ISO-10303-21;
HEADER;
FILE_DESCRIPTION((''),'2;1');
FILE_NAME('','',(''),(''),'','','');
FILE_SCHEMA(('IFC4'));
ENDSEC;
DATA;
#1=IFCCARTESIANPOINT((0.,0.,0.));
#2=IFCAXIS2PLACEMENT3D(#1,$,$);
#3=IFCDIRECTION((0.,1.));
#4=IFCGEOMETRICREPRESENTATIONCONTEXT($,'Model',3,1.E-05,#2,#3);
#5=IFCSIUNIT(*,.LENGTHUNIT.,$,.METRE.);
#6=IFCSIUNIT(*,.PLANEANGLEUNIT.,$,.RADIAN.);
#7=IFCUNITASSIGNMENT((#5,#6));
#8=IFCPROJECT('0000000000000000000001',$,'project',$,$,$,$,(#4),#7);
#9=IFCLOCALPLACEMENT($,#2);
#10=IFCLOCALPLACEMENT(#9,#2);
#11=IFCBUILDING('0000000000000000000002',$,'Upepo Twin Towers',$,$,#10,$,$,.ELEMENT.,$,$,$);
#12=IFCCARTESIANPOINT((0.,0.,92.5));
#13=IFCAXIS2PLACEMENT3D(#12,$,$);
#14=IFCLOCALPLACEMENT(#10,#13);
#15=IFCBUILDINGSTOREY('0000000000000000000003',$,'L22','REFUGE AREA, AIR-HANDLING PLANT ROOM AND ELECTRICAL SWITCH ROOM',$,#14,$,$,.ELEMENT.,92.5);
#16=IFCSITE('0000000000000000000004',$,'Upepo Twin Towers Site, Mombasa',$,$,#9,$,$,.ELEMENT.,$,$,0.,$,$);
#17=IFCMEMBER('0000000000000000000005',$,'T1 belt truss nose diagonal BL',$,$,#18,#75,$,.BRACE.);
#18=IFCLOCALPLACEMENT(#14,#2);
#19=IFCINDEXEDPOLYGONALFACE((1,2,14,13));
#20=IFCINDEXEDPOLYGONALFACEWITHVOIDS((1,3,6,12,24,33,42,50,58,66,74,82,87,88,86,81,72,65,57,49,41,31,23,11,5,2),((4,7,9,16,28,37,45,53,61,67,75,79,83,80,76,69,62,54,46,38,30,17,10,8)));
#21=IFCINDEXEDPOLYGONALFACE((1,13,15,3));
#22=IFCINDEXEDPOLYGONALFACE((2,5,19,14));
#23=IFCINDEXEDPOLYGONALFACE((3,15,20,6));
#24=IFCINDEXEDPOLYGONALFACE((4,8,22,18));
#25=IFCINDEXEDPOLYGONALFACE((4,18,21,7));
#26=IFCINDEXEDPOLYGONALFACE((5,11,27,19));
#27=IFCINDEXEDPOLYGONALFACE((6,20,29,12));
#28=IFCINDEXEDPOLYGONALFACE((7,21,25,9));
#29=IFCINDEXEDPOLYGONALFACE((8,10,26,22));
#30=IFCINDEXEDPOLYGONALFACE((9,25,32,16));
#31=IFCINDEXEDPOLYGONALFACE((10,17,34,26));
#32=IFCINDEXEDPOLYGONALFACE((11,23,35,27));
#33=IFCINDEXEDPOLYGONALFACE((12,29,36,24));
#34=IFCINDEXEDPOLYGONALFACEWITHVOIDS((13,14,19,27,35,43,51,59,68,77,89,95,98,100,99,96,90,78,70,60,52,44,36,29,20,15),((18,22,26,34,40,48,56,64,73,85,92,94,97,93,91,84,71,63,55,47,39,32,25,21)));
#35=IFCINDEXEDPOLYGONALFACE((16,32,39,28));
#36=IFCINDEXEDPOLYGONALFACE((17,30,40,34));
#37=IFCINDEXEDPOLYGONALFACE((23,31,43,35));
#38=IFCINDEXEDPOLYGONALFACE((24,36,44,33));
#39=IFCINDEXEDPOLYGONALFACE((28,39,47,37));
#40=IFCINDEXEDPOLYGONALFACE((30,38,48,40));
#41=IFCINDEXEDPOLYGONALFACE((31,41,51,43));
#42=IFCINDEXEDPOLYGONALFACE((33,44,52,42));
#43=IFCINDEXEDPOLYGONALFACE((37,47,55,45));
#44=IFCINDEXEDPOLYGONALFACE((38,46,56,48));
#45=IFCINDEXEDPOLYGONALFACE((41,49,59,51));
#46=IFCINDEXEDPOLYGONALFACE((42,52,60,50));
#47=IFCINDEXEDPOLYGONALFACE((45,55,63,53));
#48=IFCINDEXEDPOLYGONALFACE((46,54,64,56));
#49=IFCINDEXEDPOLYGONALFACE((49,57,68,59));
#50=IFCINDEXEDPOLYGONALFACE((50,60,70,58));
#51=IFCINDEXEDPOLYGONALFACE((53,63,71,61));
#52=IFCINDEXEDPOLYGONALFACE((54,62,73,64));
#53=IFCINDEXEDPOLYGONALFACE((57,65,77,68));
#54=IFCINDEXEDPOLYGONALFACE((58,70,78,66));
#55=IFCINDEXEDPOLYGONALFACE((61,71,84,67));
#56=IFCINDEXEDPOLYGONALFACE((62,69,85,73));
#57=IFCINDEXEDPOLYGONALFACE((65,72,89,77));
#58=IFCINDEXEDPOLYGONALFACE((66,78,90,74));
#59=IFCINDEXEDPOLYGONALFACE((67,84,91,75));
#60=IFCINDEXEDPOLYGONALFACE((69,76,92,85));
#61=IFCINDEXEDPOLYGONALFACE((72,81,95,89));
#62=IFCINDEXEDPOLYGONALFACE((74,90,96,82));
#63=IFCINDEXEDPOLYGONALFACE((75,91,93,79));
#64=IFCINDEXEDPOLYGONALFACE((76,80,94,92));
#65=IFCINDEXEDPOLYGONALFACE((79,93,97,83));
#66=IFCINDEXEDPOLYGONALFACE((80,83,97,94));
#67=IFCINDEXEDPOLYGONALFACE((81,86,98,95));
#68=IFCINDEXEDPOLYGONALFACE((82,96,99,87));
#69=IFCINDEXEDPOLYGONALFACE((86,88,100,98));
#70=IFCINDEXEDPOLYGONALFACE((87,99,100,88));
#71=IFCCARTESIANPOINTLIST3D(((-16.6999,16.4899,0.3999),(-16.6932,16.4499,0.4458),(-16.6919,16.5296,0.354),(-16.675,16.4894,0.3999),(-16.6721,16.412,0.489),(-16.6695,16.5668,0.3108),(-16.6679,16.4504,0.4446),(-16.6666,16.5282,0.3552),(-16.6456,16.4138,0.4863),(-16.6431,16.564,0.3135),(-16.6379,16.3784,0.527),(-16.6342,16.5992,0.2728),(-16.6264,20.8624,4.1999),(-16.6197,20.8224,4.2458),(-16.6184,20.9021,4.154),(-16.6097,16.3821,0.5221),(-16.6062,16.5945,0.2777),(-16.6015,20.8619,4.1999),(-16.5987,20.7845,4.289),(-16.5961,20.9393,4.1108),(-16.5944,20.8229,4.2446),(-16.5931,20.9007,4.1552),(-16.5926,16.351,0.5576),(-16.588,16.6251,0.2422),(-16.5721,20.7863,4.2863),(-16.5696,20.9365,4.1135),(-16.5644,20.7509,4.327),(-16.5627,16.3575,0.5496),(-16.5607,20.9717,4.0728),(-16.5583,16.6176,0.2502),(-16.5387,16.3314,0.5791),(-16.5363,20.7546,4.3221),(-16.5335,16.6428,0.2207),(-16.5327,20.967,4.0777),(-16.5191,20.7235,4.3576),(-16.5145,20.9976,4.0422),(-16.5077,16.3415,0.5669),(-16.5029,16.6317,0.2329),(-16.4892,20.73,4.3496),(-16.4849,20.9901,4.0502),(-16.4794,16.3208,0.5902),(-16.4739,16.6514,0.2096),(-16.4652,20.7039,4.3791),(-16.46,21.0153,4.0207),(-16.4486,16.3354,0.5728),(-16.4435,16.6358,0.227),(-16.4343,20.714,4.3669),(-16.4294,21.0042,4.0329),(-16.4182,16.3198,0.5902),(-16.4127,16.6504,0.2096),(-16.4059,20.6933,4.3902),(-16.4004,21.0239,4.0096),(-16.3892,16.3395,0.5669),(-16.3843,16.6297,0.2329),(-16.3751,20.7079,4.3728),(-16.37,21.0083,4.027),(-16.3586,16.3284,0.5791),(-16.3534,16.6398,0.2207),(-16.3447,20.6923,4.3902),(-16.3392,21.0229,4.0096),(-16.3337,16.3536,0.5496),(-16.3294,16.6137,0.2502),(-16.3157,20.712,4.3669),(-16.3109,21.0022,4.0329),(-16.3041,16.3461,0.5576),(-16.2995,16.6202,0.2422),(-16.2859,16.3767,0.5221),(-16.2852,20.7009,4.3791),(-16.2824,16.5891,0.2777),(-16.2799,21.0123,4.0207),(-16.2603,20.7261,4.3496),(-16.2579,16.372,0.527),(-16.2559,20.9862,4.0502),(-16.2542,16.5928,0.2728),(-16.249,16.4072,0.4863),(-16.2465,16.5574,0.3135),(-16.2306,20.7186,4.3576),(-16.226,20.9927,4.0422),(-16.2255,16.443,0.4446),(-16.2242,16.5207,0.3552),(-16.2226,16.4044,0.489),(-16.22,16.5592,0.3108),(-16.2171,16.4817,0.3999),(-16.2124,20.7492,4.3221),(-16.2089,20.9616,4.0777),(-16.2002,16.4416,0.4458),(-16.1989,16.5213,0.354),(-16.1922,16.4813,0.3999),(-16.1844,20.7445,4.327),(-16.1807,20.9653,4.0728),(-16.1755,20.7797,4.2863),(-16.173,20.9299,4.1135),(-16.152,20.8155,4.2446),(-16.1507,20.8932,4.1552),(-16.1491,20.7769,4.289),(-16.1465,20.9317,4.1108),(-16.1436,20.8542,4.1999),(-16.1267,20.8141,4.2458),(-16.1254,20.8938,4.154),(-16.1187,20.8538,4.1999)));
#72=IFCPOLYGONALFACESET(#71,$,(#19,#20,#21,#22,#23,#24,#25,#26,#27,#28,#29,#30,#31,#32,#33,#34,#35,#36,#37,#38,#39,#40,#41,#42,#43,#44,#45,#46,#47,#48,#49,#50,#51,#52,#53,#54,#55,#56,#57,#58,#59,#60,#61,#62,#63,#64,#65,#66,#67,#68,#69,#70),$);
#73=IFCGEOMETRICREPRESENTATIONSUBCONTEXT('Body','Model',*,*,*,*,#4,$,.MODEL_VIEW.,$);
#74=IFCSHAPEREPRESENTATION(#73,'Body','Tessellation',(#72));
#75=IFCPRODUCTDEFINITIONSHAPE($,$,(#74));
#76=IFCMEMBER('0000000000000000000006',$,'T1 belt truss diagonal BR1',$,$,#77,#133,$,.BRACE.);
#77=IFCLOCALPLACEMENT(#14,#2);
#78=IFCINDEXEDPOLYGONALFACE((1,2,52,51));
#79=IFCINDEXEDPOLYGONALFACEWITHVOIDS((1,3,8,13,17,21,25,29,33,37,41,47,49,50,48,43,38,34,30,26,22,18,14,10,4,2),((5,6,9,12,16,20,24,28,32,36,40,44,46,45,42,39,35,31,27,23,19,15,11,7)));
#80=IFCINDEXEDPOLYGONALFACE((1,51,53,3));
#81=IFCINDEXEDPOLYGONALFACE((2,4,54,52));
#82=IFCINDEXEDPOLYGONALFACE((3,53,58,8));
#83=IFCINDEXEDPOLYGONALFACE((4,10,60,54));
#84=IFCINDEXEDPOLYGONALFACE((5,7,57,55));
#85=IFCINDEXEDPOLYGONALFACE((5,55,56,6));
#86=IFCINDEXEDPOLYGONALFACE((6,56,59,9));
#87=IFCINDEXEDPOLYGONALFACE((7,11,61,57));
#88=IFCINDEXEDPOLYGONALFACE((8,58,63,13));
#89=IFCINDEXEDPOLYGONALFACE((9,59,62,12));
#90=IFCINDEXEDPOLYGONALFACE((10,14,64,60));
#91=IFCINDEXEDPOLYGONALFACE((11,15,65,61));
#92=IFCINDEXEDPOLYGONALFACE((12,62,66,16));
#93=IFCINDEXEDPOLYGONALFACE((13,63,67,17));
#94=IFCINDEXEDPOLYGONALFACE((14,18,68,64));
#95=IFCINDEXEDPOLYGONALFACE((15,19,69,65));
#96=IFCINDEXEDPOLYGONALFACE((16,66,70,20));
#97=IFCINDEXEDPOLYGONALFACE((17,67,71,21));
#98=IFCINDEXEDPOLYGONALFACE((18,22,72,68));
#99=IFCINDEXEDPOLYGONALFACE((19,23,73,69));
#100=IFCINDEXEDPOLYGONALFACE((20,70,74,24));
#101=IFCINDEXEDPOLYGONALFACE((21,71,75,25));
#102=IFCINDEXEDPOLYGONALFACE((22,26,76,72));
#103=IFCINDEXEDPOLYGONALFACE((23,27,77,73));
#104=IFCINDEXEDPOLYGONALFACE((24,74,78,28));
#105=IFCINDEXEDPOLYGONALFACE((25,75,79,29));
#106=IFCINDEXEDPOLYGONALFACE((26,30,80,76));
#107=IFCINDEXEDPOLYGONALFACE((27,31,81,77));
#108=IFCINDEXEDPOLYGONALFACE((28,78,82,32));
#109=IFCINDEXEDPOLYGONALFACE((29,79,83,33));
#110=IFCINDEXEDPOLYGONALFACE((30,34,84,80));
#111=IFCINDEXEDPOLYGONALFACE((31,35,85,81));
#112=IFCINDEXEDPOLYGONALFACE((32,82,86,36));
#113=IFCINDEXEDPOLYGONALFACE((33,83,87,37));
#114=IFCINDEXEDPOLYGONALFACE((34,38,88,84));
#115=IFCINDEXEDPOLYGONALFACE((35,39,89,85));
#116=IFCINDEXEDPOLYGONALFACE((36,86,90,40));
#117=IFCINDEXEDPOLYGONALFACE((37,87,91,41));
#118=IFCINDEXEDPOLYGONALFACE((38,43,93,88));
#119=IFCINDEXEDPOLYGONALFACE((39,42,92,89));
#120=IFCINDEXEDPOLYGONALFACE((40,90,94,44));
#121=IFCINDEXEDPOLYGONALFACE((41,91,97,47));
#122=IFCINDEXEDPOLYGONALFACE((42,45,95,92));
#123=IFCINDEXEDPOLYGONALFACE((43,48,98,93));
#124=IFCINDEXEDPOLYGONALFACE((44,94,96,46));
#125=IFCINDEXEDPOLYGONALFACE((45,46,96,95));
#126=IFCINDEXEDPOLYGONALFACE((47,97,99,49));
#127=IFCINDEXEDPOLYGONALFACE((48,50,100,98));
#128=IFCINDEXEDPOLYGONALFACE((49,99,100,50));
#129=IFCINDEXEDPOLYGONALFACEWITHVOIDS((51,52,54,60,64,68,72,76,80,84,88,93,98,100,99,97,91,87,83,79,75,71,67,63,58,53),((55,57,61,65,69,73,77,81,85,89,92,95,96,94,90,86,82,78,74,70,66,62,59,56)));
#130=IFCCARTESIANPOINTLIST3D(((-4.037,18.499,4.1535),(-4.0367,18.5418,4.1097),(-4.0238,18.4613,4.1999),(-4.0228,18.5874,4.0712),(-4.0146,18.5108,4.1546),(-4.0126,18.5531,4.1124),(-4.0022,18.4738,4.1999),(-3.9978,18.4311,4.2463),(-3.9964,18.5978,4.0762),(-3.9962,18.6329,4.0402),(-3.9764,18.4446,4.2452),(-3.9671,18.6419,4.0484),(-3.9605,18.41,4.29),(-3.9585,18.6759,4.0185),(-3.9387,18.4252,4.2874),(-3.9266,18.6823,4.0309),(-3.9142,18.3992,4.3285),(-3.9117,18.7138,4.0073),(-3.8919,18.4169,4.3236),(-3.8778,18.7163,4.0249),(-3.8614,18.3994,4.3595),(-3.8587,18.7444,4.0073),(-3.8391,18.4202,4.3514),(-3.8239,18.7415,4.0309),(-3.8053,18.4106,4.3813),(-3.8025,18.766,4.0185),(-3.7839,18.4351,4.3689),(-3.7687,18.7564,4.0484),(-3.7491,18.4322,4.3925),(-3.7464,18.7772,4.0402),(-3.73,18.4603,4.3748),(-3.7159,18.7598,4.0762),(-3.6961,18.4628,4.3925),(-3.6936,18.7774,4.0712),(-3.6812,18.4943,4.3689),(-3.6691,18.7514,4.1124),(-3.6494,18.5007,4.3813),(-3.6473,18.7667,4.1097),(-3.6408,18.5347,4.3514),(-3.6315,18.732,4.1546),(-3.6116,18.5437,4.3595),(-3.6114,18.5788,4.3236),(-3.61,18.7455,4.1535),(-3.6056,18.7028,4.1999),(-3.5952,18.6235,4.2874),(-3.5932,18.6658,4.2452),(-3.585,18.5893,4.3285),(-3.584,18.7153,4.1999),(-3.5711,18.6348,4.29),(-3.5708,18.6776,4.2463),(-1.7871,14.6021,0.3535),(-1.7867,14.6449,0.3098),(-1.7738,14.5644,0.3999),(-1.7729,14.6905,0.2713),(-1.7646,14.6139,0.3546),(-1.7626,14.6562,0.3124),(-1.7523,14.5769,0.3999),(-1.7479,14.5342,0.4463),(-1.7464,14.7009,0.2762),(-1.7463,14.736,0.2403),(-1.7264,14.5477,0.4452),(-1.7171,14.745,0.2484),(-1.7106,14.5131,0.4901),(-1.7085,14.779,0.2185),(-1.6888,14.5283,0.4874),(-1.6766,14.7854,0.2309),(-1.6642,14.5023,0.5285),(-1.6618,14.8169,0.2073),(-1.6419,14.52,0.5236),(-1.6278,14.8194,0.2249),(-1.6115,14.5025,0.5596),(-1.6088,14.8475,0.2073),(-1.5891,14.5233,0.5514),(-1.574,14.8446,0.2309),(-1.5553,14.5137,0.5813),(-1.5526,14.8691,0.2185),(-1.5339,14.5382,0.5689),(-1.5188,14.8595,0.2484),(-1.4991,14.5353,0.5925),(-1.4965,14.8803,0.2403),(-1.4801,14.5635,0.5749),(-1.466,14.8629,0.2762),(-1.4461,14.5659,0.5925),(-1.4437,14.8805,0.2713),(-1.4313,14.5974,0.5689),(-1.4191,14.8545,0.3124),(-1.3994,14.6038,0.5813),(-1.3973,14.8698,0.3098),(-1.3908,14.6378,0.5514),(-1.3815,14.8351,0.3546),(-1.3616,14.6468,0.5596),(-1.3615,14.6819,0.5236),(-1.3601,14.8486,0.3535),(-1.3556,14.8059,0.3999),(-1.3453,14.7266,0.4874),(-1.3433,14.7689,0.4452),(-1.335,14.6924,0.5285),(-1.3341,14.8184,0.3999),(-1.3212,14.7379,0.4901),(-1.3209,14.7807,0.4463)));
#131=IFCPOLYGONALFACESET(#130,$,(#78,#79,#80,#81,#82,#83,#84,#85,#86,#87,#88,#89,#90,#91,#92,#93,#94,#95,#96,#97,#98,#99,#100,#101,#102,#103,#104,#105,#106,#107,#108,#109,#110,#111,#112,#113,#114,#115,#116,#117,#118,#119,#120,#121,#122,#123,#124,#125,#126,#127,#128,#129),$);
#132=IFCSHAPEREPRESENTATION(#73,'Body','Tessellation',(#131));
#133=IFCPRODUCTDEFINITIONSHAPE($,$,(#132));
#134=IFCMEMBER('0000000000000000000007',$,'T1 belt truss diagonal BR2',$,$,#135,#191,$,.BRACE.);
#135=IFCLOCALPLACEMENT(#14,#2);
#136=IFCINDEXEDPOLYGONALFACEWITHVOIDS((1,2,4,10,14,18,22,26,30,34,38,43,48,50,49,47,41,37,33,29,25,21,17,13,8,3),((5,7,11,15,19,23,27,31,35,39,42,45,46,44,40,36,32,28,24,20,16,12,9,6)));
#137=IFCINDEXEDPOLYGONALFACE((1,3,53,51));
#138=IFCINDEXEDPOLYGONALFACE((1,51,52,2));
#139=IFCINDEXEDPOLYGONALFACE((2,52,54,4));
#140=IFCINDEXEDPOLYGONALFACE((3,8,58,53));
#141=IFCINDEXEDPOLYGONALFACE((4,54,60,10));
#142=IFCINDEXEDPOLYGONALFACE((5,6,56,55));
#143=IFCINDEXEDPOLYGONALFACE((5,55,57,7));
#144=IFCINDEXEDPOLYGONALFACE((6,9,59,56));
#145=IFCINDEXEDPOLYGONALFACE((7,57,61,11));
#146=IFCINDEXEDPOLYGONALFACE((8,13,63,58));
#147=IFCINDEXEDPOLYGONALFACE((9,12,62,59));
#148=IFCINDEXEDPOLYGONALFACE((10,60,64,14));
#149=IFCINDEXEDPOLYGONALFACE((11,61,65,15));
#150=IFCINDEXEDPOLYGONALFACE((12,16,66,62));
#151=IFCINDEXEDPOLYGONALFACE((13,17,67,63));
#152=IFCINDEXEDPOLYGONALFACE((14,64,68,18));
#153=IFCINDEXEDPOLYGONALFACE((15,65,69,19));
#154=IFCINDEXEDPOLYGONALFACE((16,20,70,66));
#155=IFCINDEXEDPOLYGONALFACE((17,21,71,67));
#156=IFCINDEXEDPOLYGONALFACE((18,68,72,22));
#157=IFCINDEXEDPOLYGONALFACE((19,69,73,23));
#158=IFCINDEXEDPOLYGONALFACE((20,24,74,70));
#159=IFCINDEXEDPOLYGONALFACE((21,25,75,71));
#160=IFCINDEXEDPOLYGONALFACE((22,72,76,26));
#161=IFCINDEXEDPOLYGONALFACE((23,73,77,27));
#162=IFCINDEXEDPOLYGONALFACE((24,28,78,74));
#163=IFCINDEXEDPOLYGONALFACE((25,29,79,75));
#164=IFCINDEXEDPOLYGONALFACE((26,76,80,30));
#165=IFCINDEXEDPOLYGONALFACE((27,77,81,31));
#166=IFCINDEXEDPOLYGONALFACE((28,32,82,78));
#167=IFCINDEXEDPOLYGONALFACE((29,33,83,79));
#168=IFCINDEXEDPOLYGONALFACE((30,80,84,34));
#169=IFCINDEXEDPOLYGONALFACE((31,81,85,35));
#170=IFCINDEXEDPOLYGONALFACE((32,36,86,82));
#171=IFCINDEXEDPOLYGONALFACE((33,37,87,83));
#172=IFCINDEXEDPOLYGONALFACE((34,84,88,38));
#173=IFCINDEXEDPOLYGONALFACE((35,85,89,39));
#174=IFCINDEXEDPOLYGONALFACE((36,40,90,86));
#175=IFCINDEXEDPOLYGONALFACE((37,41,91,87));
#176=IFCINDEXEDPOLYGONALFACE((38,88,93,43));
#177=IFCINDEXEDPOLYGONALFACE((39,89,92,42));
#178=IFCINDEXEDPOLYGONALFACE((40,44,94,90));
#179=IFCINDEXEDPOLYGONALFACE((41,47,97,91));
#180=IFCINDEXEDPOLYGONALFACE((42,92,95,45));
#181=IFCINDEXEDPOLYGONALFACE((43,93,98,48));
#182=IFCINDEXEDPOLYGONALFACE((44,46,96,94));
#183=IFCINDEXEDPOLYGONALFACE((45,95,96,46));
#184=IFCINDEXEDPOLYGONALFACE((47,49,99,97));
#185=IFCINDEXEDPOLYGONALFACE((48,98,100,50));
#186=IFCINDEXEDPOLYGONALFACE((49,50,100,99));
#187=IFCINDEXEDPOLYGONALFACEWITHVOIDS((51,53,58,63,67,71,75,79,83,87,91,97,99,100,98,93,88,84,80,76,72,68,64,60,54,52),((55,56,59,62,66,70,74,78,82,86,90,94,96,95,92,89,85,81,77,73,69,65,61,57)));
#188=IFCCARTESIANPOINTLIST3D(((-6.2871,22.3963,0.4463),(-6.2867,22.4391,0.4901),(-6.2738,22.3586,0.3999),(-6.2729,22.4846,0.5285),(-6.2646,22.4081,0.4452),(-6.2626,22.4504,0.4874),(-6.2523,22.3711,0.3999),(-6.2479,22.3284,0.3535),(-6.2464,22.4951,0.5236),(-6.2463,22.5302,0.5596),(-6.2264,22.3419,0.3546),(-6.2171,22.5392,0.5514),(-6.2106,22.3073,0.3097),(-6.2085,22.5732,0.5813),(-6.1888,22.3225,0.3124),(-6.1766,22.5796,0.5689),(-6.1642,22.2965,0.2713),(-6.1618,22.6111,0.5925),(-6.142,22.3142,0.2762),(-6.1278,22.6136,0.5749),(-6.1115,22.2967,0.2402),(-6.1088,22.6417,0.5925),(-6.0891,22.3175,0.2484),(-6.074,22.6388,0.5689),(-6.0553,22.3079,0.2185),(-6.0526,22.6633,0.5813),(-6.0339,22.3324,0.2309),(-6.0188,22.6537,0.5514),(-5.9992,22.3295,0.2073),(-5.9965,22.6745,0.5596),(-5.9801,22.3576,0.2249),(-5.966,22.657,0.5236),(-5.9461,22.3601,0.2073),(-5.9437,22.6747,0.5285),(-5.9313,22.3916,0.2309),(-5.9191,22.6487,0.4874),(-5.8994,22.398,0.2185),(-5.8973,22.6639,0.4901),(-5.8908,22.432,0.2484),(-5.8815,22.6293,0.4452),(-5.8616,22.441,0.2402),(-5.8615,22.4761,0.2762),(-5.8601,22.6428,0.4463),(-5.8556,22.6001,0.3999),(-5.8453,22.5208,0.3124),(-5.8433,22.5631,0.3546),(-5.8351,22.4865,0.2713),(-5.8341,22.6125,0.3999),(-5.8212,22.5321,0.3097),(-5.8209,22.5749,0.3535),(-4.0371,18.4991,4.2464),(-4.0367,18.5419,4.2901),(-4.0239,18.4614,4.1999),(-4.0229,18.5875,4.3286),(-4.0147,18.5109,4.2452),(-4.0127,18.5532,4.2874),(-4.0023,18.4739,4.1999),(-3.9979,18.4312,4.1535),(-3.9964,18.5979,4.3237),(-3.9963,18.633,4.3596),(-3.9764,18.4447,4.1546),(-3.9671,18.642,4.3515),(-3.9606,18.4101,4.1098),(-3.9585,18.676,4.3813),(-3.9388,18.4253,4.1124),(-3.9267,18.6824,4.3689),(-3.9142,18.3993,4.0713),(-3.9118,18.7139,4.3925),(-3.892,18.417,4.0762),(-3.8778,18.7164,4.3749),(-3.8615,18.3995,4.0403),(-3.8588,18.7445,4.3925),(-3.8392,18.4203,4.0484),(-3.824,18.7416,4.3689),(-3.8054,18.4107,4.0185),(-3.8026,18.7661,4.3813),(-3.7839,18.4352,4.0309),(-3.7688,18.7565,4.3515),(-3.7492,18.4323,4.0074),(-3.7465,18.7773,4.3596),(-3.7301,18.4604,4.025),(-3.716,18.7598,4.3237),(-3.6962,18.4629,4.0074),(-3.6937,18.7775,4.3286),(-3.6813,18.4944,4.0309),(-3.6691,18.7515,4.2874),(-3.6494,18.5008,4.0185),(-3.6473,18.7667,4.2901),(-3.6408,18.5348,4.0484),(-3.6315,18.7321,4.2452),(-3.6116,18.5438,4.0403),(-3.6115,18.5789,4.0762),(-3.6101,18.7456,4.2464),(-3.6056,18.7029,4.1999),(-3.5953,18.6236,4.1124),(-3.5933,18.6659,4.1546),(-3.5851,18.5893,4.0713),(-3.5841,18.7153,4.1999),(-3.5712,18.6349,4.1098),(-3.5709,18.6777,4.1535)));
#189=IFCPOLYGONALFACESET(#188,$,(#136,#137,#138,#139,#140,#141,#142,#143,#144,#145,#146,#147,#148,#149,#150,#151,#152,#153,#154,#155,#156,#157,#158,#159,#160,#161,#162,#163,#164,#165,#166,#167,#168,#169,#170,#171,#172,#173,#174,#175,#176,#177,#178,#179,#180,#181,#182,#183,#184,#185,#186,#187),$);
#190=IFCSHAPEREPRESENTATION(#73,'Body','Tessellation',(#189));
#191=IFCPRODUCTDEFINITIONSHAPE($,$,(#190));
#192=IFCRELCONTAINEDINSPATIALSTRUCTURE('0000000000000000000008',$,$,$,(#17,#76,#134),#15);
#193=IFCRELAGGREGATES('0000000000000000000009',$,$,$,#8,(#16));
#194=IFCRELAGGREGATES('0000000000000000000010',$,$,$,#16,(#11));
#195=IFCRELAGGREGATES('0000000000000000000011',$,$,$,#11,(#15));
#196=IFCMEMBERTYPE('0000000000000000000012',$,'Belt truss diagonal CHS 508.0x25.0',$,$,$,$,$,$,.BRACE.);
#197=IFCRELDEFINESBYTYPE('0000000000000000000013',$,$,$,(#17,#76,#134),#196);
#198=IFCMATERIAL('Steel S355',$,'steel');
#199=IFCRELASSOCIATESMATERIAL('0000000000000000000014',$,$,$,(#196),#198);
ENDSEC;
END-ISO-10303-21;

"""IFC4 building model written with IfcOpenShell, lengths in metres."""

from ifc_helpers import new_model, si_unit, direction, frame, origin, origin_2d, place, context, subcontext, project, spatial, hollow_circle, extrude, material, material_profile, profile_set, type_object, element, save


model = new_model("IFC4")

# Units and contexts
model_context = context("Model", 3, precision=1e-05, world=origin(), true_north=direction((0.0, 1.0)))
body_context = subcontext(model_context, "Body", "Model", "MODEL_VIEW")
ifc_project = project(units=[si_unit("LENGTHUNIT", "METRE"), si_unit("PLANEANGLEUNIT", "RADIAN")], contexts=[model_context])

# Site, building, storey
site_placement = place(None, origin())
site = spatial("IfcSite", under=ifc_project, at=site_placement, Name="Upepo Twin Towers Site, Mombasa", CompositionType="ELEMENT", RefElevation=0.0)
building_placement = place(site_placement, origin())
building = spatial("IfcBuilding", under=site, at=building_placement, Name="Upepo Twin Towers", CompositionType="ELEMENT")
storey_placement = place(building_placement, frame((0.0, 0.0, 92.5)))
storey = spatial("IfcBuildingStorey", under=building, at=storey_placement, Name="L22", Description="REFUGE AREA, AIR-HANDLING PLANT ROOM AND ELECTRICAL SWITCH ROOM", CompositionType="ELEMENT", Elevation=92.5)

# Members
ifc_material_1 = material(Name="Steel S355", Category="steel")
ifc_material_profile_1 = material_profile(ifc_material_1, hollow_circle(Radius=0.2539, WallThickness=0.0249, at=origin_2d()), Name="CHS 508.0x25.0")
ifc_profile_set_1 = profile_set([ifc_material_profile_1], Name="Steel S355")
member_type = type_object("IfcMemberType", Name="Belt truss diagonal CHS 508.0x25.0", PredefinedType="BRACE", material=ifc_profile_set_1)
member_1_placement = place(storey_placement, frame((-16.446, 16.4856, 0.3999), z_axis=(0.012684, 0.754731, 0.655912), x_axis=(-0.999859, 0.016804, 0.0)))
element("IfcMember", 1, at=member_1_placement, inside=storey, type_object=member_type, Name="T1 belt truss nose diagonal BL", PredefinedType="BRACE", context=body_context, shape_type="SweptSolid", body=[
    extrude(hollow_circle(Radius=0.2539, WallThickness=0.0249, at=origin_2d()), origin(), (0.0, 0.0, 1.0), 5.7935),
])
member_2_placement = place(storey_placement, frame((-1.554, 14.6914, 0.3999), z_axis=(-0.382019, 0.661652, 0.645196), x_axis=(-0.866018, -0.500014, 0.0)))
element("IfcMember", 2, at=member_2_placement, inside=storey, type_object=member_type, Name="T1 belt truss diagonal BR1", PredefinedType="BRACE", context=body_context, shape_type="SweptSolid", body=[
    extrude(hollow_circle(Radius=0.2539, WallThickness=0.0249, at=origin_2d()), origin(), (0.0, 0.0, 1.0), 5.8896),
])
member_3_placement = place(storey_placement, frame((-6.054, 22.4856, 0.3999), z_axis=(0.382009, -0.661676, 0.645178), x_axis=(0.866031, 0.49999, 0.0)))
element("IfcMember", 3, at=member_3_placement, inside=storey, type_object=member_type, Name="T1 belt truss diagonal BR2", PredefinedType="BRACE", context=body_context, shape_type="SweptSolid", body=[
    extrude(hollow_circle(Radius=0.2539, WallThickness=0.0249, at=origin_2d()), origin(), (0.0, 0.0, 1.0), 5.8899),
])

save(model, "model.ifc")
